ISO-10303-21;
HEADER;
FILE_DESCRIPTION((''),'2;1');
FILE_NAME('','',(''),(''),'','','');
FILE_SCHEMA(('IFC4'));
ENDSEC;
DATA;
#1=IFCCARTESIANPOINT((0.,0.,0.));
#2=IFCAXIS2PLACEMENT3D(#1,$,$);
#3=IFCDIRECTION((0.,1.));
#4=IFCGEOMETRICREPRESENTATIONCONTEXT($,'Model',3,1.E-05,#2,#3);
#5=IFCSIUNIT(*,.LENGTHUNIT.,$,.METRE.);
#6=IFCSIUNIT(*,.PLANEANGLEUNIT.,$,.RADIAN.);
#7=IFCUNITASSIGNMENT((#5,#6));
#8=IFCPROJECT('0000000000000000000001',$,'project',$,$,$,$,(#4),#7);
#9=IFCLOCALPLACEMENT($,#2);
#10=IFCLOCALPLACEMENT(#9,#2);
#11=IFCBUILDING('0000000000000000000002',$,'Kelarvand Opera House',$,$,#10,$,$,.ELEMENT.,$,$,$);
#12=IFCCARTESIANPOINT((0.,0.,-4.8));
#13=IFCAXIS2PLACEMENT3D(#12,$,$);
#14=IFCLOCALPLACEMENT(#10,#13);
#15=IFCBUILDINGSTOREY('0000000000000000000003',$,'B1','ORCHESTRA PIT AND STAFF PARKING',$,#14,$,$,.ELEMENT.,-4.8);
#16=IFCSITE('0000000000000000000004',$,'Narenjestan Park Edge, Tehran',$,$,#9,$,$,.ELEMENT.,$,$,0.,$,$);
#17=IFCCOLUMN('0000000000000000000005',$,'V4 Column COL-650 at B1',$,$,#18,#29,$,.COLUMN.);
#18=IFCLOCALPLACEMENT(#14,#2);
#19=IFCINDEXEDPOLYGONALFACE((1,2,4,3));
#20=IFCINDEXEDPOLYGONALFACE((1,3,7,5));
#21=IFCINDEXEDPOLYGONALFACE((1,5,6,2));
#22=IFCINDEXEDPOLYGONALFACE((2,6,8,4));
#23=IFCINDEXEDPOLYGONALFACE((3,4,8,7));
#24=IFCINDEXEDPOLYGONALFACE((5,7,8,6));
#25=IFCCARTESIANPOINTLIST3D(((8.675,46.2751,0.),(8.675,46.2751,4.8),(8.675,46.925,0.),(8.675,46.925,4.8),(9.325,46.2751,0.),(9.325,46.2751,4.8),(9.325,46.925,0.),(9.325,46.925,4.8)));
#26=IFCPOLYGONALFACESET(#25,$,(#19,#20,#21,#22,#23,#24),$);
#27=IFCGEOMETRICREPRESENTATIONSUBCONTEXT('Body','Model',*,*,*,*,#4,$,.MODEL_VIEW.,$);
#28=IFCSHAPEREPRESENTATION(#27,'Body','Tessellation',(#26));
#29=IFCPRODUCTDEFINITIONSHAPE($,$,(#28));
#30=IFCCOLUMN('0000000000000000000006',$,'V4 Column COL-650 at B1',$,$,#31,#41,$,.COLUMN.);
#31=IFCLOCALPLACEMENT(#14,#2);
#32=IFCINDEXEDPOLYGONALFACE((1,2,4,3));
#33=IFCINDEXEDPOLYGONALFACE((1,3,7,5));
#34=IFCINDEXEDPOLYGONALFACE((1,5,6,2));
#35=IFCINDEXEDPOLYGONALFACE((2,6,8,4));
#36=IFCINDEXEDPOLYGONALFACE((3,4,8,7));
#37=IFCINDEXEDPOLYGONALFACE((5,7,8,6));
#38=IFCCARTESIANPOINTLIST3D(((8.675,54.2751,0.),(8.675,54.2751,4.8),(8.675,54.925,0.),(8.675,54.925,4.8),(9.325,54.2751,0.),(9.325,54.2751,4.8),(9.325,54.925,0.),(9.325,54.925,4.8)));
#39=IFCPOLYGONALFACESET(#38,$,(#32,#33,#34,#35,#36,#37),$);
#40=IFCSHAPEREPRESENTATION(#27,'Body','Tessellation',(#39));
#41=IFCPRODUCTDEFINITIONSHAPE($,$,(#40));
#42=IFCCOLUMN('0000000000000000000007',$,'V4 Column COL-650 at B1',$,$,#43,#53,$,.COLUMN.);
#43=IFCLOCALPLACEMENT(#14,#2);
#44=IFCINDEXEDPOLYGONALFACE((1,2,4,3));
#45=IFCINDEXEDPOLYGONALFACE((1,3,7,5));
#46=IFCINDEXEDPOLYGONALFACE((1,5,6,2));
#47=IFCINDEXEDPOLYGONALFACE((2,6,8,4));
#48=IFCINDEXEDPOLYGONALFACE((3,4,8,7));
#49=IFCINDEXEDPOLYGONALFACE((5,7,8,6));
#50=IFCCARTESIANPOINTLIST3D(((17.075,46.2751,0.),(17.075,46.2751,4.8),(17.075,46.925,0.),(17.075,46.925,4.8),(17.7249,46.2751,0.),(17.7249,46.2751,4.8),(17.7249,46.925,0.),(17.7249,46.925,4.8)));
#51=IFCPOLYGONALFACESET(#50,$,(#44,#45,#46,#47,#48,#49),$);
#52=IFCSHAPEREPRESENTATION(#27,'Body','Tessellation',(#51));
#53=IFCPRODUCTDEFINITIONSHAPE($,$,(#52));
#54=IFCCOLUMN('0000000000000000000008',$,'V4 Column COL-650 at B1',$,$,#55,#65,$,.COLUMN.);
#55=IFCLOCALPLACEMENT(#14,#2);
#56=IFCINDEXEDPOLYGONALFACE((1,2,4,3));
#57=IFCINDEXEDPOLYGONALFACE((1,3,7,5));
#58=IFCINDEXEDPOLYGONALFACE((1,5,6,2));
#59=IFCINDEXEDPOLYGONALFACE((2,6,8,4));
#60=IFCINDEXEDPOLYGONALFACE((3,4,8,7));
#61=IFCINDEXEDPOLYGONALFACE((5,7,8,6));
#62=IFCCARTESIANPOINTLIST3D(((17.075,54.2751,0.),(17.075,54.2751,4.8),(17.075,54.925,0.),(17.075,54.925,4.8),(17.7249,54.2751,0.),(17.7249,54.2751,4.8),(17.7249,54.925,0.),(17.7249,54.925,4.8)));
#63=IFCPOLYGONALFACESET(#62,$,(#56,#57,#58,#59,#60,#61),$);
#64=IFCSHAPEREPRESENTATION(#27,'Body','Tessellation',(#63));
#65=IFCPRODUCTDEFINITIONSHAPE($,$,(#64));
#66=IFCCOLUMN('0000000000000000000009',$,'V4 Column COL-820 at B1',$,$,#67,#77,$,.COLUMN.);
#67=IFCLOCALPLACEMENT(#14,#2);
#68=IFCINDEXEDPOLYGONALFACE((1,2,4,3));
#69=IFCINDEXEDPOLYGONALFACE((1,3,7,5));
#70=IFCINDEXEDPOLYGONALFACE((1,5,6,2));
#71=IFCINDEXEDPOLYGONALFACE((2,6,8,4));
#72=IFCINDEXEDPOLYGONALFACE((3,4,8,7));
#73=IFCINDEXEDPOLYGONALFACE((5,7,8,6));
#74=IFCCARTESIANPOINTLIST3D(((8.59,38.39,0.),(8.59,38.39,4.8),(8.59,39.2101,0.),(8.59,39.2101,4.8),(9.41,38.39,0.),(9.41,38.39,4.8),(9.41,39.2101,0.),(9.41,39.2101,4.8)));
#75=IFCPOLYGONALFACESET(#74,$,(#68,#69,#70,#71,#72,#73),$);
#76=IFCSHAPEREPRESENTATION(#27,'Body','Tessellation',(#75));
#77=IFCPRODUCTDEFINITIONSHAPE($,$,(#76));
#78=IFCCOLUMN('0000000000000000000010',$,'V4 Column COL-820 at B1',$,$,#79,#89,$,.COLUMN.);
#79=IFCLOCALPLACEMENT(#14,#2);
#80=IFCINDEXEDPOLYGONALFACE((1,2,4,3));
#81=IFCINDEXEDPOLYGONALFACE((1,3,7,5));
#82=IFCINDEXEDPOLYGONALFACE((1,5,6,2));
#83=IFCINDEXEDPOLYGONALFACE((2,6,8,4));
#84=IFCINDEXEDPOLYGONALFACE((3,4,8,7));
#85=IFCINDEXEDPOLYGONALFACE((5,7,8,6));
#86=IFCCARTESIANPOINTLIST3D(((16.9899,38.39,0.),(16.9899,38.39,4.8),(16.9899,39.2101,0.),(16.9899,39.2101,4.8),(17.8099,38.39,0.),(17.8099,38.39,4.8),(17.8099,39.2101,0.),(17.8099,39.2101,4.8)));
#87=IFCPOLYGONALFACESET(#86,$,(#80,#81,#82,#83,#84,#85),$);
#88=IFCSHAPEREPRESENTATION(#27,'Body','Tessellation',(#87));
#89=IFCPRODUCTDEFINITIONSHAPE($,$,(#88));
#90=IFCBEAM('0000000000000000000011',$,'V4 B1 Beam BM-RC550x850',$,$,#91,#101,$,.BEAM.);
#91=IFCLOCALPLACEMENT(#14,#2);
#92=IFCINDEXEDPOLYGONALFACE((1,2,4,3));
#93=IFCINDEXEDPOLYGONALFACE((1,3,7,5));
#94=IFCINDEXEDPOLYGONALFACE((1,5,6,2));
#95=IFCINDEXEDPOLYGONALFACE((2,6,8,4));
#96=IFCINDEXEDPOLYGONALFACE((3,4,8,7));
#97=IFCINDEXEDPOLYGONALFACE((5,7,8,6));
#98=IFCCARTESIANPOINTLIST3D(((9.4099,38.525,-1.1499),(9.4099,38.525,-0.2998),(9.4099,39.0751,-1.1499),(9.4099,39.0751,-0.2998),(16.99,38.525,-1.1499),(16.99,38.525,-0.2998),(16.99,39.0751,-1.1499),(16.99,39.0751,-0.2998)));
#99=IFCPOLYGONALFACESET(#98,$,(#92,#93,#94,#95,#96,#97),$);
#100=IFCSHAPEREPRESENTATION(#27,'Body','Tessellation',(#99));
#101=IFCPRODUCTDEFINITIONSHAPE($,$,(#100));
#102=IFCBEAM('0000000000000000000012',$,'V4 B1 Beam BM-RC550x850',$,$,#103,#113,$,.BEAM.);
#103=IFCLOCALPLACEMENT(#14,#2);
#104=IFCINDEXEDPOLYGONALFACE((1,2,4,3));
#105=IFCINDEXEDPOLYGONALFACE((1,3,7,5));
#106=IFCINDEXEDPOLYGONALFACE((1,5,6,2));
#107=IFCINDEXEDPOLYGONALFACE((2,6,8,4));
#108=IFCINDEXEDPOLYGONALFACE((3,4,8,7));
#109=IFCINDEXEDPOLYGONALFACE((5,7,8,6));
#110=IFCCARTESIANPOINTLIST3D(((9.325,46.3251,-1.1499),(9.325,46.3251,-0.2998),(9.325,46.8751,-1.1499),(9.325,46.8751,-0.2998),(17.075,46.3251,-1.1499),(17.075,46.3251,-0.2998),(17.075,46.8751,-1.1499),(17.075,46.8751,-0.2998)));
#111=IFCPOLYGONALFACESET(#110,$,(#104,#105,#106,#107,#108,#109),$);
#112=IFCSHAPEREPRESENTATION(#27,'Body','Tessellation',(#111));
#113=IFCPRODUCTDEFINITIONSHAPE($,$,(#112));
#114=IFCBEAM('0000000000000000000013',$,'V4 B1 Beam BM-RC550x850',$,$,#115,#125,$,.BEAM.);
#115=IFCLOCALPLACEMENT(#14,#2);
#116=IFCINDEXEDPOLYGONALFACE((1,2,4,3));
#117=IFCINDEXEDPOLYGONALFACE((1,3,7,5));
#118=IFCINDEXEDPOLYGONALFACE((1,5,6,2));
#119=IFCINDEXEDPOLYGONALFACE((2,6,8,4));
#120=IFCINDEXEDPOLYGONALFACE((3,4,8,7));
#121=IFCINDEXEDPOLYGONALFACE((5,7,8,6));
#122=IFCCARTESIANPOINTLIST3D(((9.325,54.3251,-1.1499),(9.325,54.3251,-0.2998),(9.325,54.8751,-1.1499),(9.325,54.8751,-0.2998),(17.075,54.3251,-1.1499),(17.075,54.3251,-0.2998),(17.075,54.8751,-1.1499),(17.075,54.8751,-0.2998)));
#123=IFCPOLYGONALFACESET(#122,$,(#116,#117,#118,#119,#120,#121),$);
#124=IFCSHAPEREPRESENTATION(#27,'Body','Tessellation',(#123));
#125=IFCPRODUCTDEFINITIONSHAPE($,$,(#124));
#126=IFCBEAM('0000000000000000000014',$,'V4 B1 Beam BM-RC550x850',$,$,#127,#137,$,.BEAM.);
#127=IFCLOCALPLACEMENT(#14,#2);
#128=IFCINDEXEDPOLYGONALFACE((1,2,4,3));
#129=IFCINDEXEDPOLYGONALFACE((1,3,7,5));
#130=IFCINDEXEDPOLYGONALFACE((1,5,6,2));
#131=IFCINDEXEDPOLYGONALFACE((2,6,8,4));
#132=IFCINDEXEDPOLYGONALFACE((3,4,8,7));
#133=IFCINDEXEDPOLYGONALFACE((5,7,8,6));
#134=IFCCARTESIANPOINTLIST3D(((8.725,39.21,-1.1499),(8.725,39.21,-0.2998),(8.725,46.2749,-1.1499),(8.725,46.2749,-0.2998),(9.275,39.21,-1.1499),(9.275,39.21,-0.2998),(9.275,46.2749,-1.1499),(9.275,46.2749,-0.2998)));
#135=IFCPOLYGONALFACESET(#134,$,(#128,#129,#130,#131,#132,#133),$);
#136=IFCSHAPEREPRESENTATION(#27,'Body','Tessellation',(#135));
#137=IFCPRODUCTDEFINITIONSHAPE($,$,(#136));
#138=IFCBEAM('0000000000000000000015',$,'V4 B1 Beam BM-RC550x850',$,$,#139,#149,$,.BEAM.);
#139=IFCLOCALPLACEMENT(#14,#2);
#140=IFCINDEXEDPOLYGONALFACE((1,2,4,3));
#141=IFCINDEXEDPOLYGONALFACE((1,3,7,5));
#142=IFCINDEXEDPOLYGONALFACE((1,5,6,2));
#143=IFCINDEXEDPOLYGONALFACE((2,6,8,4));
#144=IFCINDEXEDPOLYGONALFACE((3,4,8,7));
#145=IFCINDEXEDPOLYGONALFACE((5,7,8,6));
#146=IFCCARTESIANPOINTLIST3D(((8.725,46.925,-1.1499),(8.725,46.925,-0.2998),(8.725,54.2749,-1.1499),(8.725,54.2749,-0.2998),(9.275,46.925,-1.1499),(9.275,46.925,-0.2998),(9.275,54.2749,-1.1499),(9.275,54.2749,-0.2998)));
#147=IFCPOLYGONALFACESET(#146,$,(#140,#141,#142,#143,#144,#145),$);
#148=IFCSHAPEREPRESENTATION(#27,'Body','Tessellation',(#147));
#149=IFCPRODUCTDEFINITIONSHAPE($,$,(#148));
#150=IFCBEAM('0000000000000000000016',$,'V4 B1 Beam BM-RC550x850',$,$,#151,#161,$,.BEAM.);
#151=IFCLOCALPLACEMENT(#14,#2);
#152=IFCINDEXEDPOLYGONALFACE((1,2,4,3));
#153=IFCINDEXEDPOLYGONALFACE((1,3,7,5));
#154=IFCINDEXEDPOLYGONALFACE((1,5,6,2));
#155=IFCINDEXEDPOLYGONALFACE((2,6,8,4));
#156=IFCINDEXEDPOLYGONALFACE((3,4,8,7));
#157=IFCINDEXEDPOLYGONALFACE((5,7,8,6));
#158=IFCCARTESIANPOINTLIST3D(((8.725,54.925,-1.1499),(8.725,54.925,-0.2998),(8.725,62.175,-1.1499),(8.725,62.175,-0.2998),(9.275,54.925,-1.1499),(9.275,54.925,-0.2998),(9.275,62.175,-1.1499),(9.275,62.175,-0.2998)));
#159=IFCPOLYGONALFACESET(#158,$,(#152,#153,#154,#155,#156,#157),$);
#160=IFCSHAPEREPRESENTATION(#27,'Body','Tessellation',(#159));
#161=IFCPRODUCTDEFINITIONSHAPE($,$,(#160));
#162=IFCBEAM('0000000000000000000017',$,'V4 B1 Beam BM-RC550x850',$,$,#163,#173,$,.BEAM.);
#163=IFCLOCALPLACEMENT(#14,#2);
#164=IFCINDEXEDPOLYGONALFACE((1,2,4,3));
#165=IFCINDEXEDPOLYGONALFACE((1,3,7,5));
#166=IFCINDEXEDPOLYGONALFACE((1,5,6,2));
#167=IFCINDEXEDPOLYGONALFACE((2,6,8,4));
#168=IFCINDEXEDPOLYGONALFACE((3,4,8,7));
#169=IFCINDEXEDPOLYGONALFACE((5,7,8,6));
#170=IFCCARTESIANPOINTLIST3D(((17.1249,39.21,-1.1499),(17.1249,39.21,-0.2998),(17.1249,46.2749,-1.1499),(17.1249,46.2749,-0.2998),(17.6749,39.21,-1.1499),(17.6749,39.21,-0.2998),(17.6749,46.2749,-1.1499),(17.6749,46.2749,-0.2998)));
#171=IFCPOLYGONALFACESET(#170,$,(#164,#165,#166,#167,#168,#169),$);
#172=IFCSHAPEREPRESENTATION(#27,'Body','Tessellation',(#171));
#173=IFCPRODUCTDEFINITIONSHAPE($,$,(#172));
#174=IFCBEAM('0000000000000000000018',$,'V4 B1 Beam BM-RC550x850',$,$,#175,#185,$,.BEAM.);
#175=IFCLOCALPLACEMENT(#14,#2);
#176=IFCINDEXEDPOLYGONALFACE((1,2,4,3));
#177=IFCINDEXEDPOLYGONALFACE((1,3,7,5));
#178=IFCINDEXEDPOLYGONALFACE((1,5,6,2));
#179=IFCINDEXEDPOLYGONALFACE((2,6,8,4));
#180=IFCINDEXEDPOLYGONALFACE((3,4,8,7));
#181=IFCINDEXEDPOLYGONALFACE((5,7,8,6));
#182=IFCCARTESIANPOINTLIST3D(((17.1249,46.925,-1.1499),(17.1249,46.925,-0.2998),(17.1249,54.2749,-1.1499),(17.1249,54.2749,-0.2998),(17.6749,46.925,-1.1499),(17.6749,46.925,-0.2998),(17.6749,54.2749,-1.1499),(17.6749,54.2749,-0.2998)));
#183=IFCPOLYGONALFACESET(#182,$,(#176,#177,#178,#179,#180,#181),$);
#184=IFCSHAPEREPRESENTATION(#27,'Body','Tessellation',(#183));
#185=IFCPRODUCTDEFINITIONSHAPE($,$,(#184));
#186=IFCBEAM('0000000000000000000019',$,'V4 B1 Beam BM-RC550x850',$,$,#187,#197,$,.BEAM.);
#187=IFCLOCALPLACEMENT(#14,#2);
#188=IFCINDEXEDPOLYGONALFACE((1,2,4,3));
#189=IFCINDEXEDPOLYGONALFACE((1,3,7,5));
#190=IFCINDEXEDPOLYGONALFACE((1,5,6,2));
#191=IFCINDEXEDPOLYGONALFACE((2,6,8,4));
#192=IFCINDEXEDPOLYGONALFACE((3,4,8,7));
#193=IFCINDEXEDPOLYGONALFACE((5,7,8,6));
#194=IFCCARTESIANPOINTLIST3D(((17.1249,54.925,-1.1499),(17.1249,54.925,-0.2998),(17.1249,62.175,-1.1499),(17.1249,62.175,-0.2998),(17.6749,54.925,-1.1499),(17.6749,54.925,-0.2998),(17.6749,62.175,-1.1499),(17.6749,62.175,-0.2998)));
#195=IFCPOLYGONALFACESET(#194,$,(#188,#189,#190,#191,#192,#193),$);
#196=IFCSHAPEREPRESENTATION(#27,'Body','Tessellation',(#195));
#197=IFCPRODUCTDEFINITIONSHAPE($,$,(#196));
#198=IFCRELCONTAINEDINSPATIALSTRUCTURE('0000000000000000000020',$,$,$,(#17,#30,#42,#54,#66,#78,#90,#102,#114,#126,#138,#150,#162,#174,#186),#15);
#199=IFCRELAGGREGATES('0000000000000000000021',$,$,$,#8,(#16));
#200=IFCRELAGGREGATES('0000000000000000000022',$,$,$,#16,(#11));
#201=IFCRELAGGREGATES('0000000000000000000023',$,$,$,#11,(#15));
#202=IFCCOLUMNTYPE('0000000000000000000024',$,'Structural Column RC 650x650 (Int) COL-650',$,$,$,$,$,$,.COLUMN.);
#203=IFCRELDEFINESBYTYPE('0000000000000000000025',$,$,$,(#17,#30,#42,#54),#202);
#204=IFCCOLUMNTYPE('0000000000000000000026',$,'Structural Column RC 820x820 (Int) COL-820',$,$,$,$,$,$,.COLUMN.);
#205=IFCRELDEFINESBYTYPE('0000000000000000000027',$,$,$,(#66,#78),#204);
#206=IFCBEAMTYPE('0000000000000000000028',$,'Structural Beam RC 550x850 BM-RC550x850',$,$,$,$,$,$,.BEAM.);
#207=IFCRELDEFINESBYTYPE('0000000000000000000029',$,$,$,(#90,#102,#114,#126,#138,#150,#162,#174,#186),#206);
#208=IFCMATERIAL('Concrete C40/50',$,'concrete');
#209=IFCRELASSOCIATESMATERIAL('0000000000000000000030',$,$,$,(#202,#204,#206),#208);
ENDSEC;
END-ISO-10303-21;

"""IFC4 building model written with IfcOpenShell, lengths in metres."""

from ifc_helpers import new_model, si_unit, direction, frame, origin, origin_2d, place, context, subcontext, project, spatial, rectangle, extrude, material, material_profile, profile_set, type_object, element, save


model = new_model("IFC4")

# Units and contexts
model_context = context("Model", 3, precision=1e-05, world=origin(), true_north=direction((0.0, 1.0)))
body_context = subcontext(model_context, "Body", "Model", "MODEL_VIEW")
ifc_project = project(units=[si_unit("LENGTHUNIT", "METRE"), si_unit("PLANEANGLEUNIT", "RADIAN")], contexts=[model_context])

# Site, building, storey
site_placement = place(None, origin())
site = spatial("IfcSite", under=ifc_project, at=site_placement, Name="Narenjestan Park Edge, Tehran", CompositionType="ELEMENT", RefElevation=0.0)
building_placement = place(site_placement, origin())
building = spatial("IfcBuilding", under=site, at=building_placement, Name="Kelarvand Opera House", CompositionType="ELEMENT")
storey_placement = place(building_placement, frame((0.0, 0.0, -4.8)))
storey = spatial("IfcBuildingStorey", under=building, at=storey_placement, Name="B1", Description="ORCHESTRA PIT AND STAFF PARKING", CompositionType="ELEMENT", Elevation=-4.8)

# Columns
ifc_material_1 = material(Name="Concrete C40/50", Category="concrete")
ifc_material_profile_1 = material_profile(ifc_material_1, rectangle(XDim=0.6499, YDim=0.6499, at=origin_2d()), Name="RC 650x650", Category="concrete")
ifc_profile_set_1 = profile_set([ifc_material_profile_1], Name="Concrete C40/50")
column_type_1 = type_object("IfcColumnType", Name="Structural Column RC 650x650 (Int) COL-650", PredefinedType="COLUMN", material=ifc_profile_set_1)
for number, where, z_axis, x_axis, name in (
    (1, (9.0, 46.6001, 0.0), (0.0, 0.0, 1.0), (1.0, 0.0, 0.0), "V4 Column COL-650 at B1"),
    (2, (9.0, 54.6001, 0.0), (0.0, 0.0, 1.0), (1.0, 0.0, 0.0), "V4 Column COL-650 at B1"),
    (3, (17.3999, 46.6001, 0.0), (0.0, 0.0, 1.0), (1.0, 0.0, 0.0), "V4 Column COL-650 at B1"),
    (4, (17.3999, 54.6001, 0.0), (0.0, 0.0, 1.0), (1.0, 0.0, 0.0), "V4 Column COL-650 at B1"),
):
    element("IfcColumn", number, at=place(storey_placement, frame(where, z_axis=z_axis, x_axis=x_axis)), inside=storey, type_object=column_type_1, Name=name, PredefinedType="COLUMN", context=body_context, shape_type="SweptSolid", body=[
        extrude(rectangle(XDim=0.6499, YDim=0.6499, at=origin_2d()), origin(), (0.0, 0.0, 1.0), 4.8),
    ])
ifc_material_profile_2 = material_profile(ifc_material_1, rectangle(XDim=0.8201, YDim=0.8201, at=origin_2d()), Name="RC 820x820", Category="concrete")
ifc_profile_set_2 = profile_set([ifc_material_profile_2], Name="Concrete C40/50")
column_type_2 = type_object("IfcColumnType", Name="Structural Column RC 820x820 (Int) COL-820", PredefinedType="COLUMN", material=ifc_profile_set_2)
for number, where, z_axis, x_axis, name in (
    (5, (9.0, 38.8, 0.0), (0.0, 0.0, 1.0), (1.0, 0.0, 0.0), "V4 Column COL-820 at B1"),
    (6, (17.3999, 38.8, 0.0), (0.0, 0.0, 1.0), (1.0, 0.0, 0.0), "V4 Column COL-820 at B1"),
):
    element("IfcColumn", number, at=place(storey_placement, frame(where, z_axis=z_axis, x_axis=x_axis)), inside=storey, type_object=column_type_2, Name=name, PredefinedType="COLUMN", context=body_context, shape_type="SweptSolid", body=[
        extrude(rectangle(XDim=0.8201, YDim=0.8201, at=origin_2d()), origin(), (0.0, 0.0, 1.0), 4.8),
    ])

# Beams
ifc_material_profile_3 = material_profile(ifc_material_1, rectangle(XDim=0.55, YDim=0.8501, at=origin_2d()), Name="RC 550x850", Category="concrete")
ifc_profile_set_3 = profile_set([ifc_material_profile_3], Name="Concrete C40/50")
beam_type_1 = type_object("IfcBeamType", Name="Structural Beam RC 550x850 BM-RC550x850", PredefinedType="BEAM", material=ifc_profile_set_3)
beam_1_placement = place(storey_placement, frame((9.4099, 38.8, -0.7249), z_axis=(1.0, 0.0, 0.0), x_axis=(0.0, 1.0, 0.0)))
element("IfcBeam", 7, at=beam_1_placement, inside=storey, type_object=beam_type_1, Name="V4 B1 Beam BM-RC550x850", PredefinedType="BEAM", context=body_context, shape_type="SweptSolid", body=[
    extrude(rectangle(XDim=0.55, YDim=0.8501, at=origin_2d()), origin(), (0.0, 0.0, 1.0), 7.5801),
])
for number, where, z_axis, x_axis, name in (
    (8, (9.325, 46.6001, -0.7249), (1.0, 0.0, 0.0), (0.0, 1.0, 0.0), "V4 B1 Beam BM-RC550x850"),
    (9, (9.325, 54.6001, -0.7249), (1.0, 0.0, 0.0), (0.0, 1.0, 0.0), "V4 B1 Beam BM-RC550x850"),
):
    element("IfcBeam", number, at=place(storey_placement, frame(where, z_axis=z_axis, x_axis=x_axis)), inside=storey, type_object=beam_type_1, Name=name, PredefinedType="BEAM", context=body_context, shape_type="SweptSolid", body=[
        extrude(rectangle(XDim=0.55, YDim=0.8501, at=origin_2d()), origin(), (0.0, 0.0, 1.0), 7.75),
    ])
beam_2_placement = place(storey_placement, frame((9.0, 39.21, -0.7249), z_axis=(0.0, 1.0, 0.0), x_axis=(-1.0, 0.0, 0.0)))
element("IfcBeam", 10, at=beam_2_placement, inside=storey, type_object=beam_type_1, Name="V4 B1 Beam BM-RC550x850", PredefinedType="BEAM", context=body_context, shape_type="SweptSolid", body=[
    extrude(rectangle(XDim=0.55, YDim=0.8501, at=origin_2d()), origin(), (0.0, 0.0, 1.0), 7.0649),
])
beam_3_placement = place(storey_placement, frame((9.0, 46.925, -0.7249), z_axis=(0.0, 1.0, 0.0), x_axis=(-1.0, 0.0, 0.0)))
element("IfcBeam", 11, at=beam_3_placement, inside=storey, type_object=beam_type_1, Name="V4 B1 Beam BM-RC550x850", PredefinedType="BEAM", context=body_context, shape_type="SweptSolid", body=[
    extrude(rectangle(XDim=0.55, YDim=0.8501, at=origin_2d()), origin(), (0.0, 0.0, 1.0), 7.3499),
])
beam_4_placement = place(storey_placement, frame((9.0, 54.925, -0.7249), z_axis=(0.0, 1.0, 0.0), x_axis=(-1.0, 0.0, 0.0)))
element("IfcBeam", 12, at=beam_4_placement, inside=storey, type_object=beam_type_1, Name="V4 B1 Beam BM-RC550x850", PredefinedType="BEAM", context=body_context, shape_type="SweptSolid", body=[
    extrude(rectangle(XDim=0.55, YDim=0.8501, at=origin_2d()), origin(), (0.0, 0.0, 1.0), 7.25),
])
beam_5_placement = place(storey_placement, frame((17.3999, 39.21, -0.7249), z_axis=(0.0, 1.0, 0.0), x_axis=(-1.0, 0.0, 0.0)))
element("IfcBeam", 13, at=beam_5_placement, inside=storey, type_object=beam_type_1, Name="V4 B1 Beam BM-RC550x850", PredefinedType="BEAM", context=body_context, shape_type="SweptSolid", body=[
    extrude(rectangle(XDim=0.55, YDim=0.8501, at=origin_2d()), origin(), (0.0, 0.0, 1.0), 7.0649),
])
beam_6_placement = place(storey_placement, frame((17.3999, 46.925, -0.7249), z_axis=(0.0, 1.0, 0.0), x_axis=(-1.0, 0.0, 0.0)))
element("IfcBeam", 14, at=beam_6_placement, inside=storey, type_object=beam_type_1, Name="V4 B1 Beam BM-RC550x850", PredefinedType="BEAM", context=body_context, shape_type="SweptSolid", body=[
    extrude(rectangle(XDim=0.55, YDim=0.8501, at=origin_2d()), origin(), (0.0, 0.0, 1.0), 7.3499),
])
beam_7_placement = place(storey_placement, frame((17.3999, 54.925, -0.7249), z_axis=(0.0, 1.0, 0.0), x_axis=(-1.0, 0.0, 0.0)))
element("IfcBeam", 15, at=beam_7_placement, inside=storey, type_object=beam_type_1, Name="V4 B1 Beam BM-RC550x850", PredefinedType="BEAM", context=body_context, shape_type="SweptSolid", body=[
    extrude(rectangle(XDim=0.55, YDim=0.8501, at=origin_2d()), origin(), (0.0, 0.0, 1.0), 7.25),
])

save(model, "model.ifc")
